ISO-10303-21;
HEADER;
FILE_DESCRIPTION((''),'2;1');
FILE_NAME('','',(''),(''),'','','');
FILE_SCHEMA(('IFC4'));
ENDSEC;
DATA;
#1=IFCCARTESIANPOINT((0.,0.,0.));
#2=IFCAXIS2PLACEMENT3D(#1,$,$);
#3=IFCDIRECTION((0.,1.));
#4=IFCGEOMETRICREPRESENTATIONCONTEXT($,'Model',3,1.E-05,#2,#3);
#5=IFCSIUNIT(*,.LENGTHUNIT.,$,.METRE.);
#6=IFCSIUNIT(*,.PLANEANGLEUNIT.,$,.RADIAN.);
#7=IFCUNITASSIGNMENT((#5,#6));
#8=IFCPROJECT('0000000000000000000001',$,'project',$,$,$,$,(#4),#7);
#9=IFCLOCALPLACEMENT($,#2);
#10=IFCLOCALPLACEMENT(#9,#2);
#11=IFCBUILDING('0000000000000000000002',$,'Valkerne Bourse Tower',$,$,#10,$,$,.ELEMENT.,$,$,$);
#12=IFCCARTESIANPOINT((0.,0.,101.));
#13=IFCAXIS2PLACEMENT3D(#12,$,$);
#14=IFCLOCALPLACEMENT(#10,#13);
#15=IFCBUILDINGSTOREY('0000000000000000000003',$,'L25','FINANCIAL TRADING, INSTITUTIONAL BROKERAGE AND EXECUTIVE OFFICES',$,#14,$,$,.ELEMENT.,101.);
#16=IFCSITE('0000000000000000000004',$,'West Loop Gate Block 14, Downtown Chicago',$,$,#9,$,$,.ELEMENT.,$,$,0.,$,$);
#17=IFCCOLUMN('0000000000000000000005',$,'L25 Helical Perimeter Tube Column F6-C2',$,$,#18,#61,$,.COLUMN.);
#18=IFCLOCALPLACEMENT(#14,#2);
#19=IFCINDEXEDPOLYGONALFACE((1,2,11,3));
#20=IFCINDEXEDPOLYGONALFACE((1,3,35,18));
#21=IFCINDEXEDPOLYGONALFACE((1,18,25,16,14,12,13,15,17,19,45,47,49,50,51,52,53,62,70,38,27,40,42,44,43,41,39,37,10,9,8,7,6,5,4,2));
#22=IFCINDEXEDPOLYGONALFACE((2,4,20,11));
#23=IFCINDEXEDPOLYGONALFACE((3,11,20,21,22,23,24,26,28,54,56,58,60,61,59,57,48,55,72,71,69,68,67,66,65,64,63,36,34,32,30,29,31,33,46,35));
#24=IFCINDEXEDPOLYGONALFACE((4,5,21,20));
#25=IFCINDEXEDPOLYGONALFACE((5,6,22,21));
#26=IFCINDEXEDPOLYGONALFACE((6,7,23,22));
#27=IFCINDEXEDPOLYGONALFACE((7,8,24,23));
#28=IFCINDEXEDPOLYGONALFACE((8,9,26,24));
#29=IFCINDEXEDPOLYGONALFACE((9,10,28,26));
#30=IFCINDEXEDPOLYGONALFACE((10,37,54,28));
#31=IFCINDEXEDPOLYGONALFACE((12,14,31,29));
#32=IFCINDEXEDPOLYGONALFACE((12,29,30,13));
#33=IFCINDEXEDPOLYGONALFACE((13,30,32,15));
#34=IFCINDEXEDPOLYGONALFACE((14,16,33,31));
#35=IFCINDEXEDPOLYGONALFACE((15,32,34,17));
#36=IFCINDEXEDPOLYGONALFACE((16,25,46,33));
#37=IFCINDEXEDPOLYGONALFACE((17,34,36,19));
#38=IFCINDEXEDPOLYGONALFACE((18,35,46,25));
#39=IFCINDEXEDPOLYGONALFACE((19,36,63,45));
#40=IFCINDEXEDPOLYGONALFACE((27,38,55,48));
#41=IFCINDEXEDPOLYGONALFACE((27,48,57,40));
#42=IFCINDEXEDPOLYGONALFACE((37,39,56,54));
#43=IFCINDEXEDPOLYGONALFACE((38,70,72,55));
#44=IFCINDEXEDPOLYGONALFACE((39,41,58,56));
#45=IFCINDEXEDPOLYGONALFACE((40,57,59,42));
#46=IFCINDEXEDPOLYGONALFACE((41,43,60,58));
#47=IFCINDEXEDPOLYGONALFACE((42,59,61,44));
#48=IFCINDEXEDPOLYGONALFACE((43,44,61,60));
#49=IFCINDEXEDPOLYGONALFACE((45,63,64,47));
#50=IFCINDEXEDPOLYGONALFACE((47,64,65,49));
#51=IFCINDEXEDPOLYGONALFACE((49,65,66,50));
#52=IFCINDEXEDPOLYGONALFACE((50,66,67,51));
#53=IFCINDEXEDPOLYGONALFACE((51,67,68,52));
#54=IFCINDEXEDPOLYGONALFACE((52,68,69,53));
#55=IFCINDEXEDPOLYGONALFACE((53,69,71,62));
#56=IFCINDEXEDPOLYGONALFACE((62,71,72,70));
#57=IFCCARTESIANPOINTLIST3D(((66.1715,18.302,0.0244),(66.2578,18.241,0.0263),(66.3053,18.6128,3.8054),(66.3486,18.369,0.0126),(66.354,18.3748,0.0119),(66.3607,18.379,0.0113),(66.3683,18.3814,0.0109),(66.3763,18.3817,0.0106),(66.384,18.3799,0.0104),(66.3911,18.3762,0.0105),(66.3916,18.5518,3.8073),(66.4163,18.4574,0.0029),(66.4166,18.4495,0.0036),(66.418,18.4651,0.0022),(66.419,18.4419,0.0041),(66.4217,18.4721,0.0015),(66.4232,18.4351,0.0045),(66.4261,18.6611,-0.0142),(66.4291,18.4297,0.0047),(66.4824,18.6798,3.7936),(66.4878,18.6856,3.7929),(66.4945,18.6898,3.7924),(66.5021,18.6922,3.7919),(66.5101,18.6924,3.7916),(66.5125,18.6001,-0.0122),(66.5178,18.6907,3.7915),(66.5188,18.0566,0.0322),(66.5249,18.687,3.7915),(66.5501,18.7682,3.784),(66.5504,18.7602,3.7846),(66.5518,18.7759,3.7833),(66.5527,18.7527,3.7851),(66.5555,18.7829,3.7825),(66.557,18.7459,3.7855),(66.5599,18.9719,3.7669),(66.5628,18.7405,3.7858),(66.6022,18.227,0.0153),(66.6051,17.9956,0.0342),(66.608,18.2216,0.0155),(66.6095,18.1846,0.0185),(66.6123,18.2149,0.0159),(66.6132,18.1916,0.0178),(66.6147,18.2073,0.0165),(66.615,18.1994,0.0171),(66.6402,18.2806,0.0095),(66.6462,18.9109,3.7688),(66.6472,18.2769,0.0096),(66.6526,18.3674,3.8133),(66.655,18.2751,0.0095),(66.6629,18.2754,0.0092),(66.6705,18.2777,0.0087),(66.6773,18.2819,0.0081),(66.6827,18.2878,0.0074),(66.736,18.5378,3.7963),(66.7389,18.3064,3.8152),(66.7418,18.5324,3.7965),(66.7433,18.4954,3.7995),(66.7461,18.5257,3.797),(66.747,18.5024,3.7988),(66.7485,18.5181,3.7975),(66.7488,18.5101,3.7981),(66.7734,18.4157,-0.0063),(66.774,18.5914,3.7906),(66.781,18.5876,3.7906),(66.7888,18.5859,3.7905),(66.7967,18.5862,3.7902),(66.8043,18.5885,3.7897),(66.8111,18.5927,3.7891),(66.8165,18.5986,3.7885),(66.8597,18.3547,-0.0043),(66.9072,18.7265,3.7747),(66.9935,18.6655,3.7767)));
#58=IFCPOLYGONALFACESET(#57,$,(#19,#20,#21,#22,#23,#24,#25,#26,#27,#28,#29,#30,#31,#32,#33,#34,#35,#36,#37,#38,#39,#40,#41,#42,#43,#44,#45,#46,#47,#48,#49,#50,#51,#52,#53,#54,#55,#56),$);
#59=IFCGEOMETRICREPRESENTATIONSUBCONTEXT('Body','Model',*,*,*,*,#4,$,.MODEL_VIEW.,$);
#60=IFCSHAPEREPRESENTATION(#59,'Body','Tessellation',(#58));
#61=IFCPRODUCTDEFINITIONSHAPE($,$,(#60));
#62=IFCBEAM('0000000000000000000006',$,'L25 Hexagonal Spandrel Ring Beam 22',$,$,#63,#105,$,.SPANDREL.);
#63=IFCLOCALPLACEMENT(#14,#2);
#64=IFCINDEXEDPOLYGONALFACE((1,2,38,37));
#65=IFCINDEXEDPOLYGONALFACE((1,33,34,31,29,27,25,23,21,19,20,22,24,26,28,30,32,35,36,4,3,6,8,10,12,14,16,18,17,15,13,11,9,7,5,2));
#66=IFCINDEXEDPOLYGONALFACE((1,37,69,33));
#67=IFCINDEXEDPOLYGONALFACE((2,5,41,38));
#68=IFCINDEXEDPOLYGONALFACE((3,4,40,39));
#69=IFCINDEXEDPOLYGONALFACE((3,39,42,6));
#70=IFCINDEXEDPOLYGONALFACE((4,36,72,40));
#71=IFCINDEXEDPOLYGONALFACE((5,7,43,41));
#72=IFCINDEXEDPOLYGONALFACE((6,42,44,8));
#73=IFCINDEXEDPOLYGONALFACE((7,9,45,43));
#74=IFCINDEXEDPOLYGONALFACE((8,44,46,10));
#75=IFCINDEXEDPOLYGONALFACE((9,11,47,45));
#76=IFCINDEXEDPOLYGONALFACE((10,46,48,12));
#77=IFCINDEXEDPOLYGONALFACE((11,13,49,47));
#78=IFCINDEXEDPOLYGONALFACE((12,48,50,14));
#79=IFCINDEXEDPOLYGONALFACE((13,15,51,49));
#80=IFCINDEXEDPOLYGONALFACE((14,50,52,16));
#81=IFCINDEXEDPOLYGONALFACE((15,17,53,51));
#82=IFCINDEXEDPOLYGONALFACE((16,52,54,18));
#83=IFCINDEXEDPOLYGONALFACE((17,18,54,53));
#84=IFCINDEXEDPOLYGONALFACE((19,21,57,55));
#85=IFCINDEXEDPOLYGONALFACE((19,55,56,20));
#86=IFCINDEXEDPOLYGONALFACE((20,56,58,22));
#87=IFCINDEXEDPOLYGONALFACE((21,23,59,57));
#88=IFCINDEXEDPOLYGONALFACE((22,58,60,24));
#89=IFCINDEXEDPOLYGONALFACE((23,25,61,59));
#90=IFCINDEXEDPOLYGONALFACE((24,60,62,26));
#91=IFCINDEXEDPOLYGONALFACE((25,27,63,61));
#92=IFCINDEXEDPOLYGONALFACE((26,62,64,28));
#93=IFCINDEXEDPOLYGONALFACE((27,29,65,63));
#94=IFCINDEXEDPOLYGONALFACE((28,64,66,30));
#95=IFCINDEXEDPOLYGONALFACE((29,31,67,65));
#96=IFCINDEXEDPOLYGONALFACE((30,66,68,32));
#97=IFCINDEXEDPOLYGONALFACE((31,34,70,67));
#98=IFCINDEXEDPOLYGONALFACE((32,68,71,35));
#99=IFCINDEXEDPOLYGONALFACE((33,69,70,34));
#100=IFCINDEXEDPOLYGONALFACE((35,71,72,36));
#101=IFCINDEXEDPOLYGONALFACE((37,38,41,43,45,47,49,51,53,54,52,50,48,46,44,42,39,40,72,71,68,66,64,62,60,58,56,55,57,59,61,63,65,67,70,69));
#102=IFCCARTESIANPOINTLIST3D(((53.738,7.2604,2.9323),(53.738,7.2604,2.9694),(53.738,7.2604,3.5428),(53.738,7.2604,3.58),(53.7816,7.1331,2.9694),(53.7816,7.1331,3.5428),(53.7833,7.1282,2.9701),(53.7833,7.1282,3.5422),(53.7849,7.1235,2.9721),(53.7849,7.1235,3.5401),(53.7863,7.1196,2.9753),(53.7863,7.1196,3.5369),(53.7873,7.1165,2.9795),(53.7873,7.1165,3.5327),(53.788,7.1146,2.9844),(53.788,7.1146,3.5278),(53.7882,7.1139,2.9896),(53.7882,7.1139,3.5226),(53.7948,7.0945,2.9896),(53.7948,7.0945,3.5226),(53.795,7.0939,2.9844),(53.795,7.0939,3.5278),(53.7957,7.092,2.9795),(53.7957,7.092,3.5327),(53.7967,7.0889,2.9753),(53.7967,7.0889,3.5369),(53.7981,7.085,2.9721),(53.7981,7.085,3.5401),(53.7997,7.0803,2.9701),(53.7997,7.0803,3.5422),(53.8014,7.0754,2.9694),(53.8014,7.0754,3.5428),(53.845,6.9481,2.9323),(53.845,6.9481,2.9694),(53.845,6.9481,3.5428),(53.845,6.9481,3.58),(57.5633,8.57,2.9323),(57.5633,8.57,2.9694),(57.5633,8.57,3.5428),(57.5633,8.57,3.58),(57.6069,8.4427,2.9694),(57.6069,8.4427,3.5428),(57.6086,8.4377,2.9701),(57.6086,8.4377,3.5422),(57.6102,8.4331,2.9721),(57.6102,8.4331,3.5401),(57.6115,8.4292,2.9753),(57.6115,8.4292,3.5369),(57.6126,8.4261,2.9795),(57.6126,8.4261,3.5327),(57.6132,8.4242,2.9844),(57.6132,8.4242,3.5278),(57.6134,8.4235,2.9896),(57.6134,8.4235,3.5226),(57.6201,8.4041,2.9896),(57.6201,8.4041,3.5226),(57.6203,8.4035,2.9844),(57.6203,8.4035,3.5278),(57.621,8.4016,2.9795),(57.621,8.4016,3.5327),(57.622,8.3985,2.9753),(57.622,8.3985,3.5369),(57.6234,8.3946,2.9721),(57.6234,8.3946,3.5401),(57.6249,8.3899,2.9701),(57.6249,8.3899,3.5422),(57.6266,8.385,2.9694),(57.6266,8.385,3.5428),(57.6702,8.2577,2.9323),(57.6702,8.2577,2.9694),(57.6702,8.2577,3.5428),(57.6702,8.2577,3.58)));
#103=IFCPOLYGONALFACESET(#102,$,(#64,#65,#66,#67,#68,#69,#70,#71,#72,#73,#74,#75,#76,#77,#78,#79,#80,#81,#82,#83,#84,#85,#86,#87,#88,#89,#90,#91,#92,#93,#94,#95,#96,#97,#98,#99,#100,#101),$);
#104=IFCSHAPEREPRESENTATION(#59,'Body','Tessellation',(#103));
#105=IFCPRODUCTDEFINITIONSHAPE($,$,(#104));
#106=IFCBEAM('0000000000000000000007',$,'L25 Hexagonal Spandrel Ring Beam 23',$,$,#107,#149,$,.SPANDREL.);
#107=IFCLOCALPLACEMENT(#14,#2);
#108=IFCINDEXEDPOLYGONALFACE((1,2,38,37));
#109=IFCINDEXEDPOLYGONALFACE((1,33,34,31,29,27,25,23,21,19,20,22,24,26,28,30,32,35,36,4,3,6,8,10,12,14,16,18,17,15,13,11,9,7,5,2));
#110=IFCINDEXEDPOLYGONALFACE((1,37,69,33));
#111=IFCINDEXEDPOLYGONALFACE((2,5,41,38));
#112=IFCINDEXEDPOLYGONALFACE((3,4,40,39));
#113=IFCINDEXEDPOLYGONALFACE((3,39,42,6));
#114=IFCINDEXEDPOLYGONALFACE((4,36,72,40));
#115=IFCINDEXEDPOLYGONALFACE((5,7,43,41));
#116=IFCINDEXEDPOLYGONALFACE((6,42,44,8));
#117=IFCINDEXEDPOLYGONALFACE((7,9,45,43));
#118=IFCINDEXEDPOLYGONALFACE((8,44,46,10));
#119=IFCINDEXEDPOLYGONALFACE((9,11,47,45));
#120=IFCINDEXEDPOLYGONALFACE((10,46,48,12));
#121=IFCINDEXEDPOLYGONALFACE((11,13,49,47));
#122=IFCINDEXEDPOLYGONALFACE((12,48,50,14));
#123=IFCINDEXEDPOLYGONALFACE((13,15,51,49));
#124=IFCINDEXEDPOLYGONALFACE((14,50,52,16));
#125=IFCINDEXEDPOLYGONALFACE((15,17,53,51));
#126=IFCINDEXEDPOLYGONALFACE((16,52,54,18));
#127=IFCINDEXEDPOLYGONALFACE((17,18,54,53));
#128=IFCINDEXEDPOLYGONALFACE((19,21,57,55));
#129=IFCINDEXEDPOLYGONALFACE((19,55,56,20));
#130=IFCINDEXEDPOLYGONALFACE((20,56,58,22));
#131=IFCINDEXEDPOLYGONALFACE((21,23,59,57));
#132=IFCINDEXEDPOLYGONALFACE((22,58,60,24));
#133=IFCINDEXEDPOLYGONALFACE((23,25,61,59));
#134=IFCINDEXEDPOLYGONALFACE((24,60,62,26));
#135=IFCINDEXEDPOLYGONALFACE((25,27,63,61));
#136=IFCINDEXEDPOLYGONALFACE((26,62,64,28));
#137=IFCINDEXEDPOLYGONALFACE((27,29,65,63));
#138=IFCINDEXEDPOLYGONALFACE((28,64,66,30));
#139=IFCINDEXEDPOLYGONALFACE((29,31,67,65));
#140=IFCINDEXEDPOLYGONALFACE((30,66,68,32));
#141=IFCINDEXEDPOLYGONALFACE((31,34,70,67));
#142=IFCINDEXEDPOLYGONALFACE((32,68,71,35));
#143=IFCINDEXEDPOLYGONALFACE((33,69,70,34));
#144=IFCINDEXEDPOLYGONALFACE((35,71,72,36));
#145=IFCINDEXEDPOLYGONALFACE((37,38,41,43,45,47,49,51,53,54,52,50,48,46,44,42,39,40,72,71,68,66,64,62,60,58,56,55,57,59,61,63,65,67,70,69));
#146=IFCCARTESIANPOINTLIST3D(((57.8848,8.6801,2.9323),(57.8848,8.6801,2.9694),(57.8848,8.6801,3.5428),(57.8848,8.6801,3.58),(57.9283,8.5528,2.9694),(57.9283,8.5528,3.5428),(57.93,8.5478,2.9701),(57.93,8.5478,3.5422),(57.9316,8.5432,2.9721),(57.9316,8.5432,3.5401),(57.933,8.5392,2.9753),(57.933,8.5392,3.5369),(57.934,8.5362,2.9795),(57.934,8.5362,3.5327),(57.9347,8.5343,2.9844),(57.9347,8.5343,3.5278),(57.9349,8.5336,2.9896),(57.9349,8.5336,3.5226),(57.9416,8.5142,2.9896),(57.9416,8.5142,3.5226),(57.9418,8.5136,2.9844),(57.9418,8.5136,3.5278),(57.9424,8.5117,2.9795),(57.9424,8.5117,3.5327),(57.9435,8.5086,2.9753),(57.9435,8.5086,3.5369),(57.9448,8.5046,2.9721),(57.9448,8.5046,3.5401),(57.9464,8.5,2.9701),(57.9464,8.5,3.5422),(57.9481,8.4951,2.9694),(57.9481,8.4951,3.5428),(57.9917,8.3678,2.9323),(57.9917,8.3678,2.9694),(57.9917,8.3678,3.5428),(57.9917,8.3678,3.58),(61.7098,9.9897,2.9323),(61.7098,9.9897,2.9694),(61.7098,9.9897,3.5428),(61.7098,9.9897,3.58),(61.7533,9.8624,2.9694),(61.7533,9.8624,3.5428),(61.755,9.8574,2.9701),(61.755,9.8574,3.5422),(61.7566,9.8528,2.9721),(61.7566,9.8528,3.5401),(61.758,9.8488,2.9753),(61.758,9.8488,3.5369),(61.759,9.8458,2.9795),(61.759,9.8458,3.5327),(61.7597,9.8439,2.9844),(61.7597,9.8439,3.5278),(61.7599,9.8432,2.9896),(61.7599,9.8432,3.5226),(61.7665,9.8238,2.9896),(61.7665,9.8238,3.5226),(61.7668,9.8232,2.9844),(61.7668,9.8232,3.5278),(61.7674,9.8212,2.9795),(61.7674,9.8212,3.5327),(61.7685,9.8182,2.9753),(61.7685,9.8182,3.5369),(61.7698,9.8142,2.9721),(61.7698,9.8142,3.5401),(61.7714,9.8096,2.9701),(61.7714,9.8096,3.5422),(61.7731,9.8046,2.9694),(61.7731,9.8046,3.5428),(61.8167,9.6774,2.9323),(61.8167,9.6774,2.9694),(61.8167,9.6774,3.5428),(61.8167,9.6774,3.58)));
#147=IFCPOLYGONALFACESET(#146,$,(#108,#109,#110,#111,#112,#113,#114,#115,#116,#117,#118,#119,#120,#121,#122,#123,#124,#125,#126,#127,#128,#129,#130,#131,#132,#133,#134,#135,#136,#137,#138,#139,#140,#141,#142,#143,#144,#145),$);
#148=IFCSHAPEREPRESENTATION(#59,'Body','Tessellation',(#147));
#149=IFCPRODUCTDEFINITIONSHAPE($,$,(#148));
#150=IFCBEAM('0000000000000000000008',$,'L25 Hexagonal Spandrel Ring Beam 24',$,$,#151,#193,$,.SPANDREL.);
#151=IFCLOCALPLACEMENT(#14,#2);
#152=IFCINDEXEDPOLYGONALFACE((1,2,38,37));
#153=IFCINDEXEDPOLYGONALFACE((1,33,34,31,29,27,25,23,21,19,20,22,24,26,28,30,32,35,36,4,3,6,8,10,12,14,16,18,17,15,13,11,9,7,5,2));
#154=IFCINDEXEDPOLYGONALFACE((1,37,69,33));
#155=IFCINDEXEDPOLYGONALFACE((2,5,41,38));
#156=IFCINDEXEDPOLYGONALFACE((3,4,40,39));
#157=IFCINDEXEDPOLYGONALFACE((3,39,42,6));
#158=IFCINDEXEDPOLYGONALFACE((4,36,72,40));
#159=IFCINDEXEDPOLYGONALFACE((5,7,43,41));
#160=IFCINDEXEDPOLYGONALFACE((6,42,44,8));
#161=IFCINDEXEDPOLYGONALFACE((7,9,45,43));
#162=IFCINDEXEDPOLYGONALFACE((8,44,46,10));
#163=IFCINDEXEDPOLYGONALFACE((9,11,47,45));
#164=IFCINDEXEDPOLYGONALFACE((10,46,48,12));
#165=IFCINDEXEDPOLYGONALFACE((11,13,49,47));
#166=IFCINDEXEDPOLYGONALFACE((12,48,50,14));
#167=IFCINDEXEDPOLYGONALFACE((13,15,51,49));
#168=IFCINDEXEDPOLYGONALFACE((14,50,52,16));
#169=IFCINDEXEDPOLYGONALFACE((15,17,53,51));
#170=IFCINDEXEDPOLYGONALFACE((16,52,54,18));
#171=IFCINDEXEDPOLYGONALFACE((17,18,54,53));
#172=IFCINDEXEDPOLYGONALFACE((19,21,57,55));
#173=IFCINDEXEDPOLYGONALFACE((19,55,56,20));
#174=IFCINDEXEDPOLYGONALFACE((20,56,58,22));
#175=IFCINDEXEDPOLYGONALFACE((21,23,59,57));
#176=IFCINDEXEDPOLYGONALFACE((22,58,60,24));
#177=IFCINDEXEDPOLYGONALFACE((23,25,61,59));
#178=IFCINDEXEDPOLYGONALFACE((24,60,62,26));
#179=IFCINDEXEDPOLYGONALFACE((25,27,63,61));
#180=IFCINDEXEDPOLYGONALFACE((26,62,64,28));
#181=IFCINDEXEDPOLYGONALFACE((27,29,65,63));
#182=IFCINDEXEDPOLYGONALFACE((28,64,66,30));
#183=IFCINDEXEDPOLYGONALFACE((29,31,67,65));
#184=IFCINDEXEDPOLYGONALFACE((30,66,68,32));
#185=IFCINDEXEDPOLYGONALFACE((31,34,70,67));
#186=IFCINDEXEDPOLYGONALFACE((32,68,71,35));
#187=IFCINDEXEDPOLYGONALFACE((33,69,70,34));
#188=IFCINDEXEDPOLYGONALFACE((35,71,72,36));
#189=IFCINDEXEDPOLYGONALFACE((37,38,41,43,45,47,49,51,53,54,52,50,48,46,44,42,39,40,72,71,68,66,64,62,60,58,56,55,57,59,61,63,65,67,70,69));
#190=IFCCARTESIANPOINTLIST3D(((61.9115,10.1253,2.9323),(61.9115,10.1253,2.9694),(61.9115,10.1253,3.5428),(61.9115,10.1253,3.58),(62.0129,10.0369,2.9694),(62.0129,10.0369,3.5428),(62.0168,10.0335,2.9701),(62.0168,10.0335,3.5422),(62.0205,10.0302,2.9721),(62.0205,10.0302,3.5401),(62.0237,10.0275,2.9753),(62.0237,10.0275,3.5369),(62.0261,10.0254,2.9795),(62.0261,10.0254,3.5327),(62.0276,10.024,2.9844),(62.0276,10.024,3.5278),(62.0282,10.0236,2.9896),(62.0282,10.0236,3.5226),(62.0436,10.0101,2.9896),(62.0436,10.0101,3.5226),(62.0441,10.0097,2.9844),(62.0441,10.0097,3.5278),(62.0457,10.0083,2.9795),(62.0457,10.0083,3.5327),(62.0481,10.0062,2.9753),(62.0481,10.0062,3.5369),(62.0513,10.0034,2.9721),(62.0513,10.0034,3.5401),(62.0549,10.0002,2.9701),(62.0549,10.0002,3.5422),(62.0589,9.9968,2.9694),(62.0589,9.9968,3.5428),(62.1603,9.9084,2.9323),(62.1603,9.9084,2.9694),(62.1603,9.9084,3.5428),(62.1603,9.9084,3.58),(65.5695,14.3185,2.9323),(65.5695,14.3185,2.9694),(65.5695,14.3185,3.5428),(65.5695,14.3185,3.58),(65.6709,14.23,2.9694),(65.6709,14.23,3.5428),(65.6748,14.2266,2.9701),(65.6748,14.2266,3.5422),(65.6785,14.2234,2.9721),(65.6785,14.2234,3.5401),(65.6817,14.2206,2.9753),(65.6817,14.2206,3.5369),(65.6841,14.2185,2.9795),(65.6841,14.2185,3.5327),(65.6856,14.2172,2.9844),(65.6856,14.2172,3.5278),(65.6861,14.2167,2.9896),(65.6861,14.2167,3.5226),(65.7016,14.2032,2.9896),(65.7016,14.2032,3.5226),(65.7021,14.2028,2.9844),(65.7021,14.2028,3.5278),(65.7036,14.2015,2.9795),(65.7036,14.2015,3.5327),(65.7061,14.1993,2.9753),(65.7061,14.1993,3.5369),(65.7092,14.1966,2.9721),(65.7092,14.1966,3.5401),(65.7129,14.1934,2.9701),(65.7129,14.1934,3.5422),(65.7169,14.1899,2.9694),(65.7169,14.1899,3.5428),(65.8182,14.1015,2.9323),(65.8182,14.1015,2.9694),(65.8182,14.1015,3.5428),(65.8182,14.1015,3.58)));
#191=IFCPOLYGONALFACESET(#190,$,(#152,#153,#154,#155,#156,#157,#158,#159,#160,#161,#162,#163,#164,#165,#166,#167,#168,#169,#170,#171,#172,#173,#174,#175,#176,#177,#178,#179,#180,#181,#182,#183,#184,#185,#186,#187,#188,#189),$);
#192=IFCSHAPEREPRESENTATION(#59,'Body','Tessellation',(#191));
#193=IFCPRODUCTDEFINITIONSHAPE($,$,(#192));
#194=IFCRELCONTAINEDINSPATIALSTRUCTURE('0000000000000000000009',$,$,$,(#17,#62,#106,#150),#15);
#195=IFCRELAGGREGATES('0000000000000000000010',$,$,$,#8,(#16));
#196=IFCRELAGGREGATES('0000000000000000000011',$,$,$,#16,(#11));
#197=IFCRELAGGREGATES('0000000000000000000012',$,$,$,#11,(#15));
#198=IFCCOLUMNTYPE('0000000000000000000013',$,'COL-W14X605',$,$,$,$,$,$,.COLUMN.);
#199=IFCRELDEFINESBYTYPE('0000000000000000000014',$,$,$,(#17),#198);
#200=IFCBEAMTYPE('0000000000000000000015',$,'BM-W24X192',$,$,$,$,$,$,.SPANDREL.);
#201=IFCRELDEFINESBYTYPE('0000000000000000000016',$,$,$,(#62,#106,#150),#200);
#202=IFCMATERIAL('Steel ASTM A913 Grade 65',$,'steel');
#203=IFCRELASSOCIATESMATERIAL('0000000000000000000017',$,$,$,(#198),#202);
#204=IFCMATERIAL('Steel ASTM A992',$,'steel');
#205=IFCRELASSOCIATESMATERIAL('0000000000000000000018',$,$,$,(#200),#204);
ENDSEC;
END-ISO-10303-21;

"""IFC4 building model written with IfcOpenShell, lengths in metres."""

from ifc_helpers import new_model, si_unit, direction, frame, origin, origin_2d, place, context, subcontext, project, spatial, i_section, extrude, material, material_profile, profile_set, type_object, element, save


model = new_model("IFC4")

# Units and contexts
model_context = context("Model", 3, precision=1e-05, world=origin(), true_north=direction((0.0, 1.0)))
body_context = subcontext(model_context, "Body", "Model", "MODEL_VIEW")
ifc_project = project(units=[si_unit("LENGTHUNIT", "METRE"), si_unit("PLANEANGLEUNIT", "RADIAN")], contexts=[model_context])

# Site, building, storey
site_placement = place(None, origin())
site = spatial("IfcSite", under=ifc_project, at=site_placement, Name="West Loop Gate Block 14, Downtown Chicago", CompositionType="ELEMENT", RefElevation=0.0)
building_placement = place(site_placement, origin())
building = spatial("IfcBuilding", under=site, at=building_placement, Name="Valkerne Bourse Tower", CompositionType="ELEMENT")
storey_placement = place(building_placement, frame((0.0, 0.0, 101.0)))
storey = spatial("IfcBuildingStorey", under=building, at=storey_placement, Name="L25", Description="FINANCIAL TRADING, INSTITUTIONAL BROKERAGE AND EXECUTIVE OFFICES", CompositionType="ELEMENT", Elevation=101.0)

# Column
ifc_material_1 = material(Name="Steel ASTM A913 Grade 65", Category="steel")
ifc_material_profile_1 = material_profile(ifc_material_1, i_section(OverallWidth=0.4419, OverallDepth=0.531, WebThickness=0.0659, FlangeThickness=0.1057, FilletRadius=0.0305, at=origin_2d()), Name="W14X605")
ifc_profile_set_1 = profile_set([ifc_material_profile_1], Name="Steel ASTM A913 Grade 65")
column_type = type_object("IfcColumnType", Name="COL-W14X605", PredefinedType="COLUMN", material=ifc_profile_set_1)
column_1_placement = place(storey_placement, frame((66.5156, 18.3284, 0.01), z_axis=(0.035244, 0.081871, 0.99602), x_axis=(-0.576188, -0.812654, 0.087187)))
element("IfcColumn", 1, at=column_1_placement, inside=storey, type_object=column_type, Name="L25 Helical Perimeter Tube Column F6-C2", PredefinedType="COLUMN", context=body_context, shape_type="SweptSolid", body=[
    extrude(i_section(OverallWidth=0.4419, OverallDepth=0.531, WebThickness=0.0659, FlangeThickness=0.1057, FilletRadius=0.0305, at=origin_2d()), origin(), (0.0, 0.0, 1.0), 3.7961),
])

# Beams
ifc_material_2 = material(Name="Steel ASTM A992", Category="steel")
ifc_material_profile_2 = material_profile(ifc_material_2, i_section(OverallWidth=0.3301, OverallDepth=0.6477, WebThickness=0.0205, FlangeThickness=0.0371, FilletRadius=0.0203, at=origin_2d()), Name="W24X192")
ifc_profile_set_2 = profile_set([ifc_material_profile_2], Name="Steel ASTM A992")
beam_type = type_object("IfcBeamType", Name="BM-W24X192", PredefinedType="SPANDREL", material=ifc_profile_set_2)
beam_1_placement = place(storey_placement, frame((53.7915, 7.1042, 3.2561), z_axis=(0.946092, 0.323898, 0.0), x_axis=(-0.323898, 0.946092, 0.0)))
element("IfcBeam", 2, at=beam_1_placement, inside=storey, type_object=beam_type, Name="L25 Hexagonal Spandrel Ring Beam 22", PredefinedType="SPANDREL", context=body_context, shape_type="SweptSolid", body=[
    extrude(i_section(OverallWidth=0.3301, OverallDepth=0.6477, WebThickness=0.0205, FlangeThickness=0.0371, FilletRadius=0.0203, at=origin_2d()), origin(), (0.0, 0.0, 1.0), 4.0432),
])
beam_2_placement = place(storey_placement, frame((57.9382, 8.5239, 3.2561), z_axis=(0.946086, 0.323917, 0.0), x_axis=(-0.323917, 0.946086, 0.0)))
element("IfcBeam", 3, at=beam_2_placement, inside=storey, type_object=beam_type, Name="L25 Hexagonal Spandrel Ring Beam 23", PredefinedType="SPANDREL", context=body_context, shape_type="SweptSolid", body=[
    extrude(i_section(OverallWidth=0.3301, OverallDepth=0.6477, WebThickness=0.0205, FlangeThickness=0.0371, FilletRadius=0.0203, at=origin_2d()), origin(), (0.0, 0.0, 1.0), 4.043),
])
beam_3_placement = place(storey_placement, frame((62.0359, 10.0168, 3.2561), z_axis=(0.657383, 0.753557, 0.0), x_axis=(-0.753557, 0.657383, 0.0)))
element("IfcBeam", 4, at=beam_3_placement, inside=storey, type_object=beam_type, Name="L25 Hexagonal Spandrel Ring Beam 24", PredefinedType="SPANDREL", context=body_context, shape_type="SweptSolid", body=[
    extrude(i_section(OverallWidth=0.3301, OverallDepth=0.6477, WebThickness=0.0205, FlangeThickness=0.0371, FilletRadius=0.0203, at=origin_2d()), origin(), (0.0, 0.0, 1.0), 5.5645),
])

save(model, "model.ifc")
